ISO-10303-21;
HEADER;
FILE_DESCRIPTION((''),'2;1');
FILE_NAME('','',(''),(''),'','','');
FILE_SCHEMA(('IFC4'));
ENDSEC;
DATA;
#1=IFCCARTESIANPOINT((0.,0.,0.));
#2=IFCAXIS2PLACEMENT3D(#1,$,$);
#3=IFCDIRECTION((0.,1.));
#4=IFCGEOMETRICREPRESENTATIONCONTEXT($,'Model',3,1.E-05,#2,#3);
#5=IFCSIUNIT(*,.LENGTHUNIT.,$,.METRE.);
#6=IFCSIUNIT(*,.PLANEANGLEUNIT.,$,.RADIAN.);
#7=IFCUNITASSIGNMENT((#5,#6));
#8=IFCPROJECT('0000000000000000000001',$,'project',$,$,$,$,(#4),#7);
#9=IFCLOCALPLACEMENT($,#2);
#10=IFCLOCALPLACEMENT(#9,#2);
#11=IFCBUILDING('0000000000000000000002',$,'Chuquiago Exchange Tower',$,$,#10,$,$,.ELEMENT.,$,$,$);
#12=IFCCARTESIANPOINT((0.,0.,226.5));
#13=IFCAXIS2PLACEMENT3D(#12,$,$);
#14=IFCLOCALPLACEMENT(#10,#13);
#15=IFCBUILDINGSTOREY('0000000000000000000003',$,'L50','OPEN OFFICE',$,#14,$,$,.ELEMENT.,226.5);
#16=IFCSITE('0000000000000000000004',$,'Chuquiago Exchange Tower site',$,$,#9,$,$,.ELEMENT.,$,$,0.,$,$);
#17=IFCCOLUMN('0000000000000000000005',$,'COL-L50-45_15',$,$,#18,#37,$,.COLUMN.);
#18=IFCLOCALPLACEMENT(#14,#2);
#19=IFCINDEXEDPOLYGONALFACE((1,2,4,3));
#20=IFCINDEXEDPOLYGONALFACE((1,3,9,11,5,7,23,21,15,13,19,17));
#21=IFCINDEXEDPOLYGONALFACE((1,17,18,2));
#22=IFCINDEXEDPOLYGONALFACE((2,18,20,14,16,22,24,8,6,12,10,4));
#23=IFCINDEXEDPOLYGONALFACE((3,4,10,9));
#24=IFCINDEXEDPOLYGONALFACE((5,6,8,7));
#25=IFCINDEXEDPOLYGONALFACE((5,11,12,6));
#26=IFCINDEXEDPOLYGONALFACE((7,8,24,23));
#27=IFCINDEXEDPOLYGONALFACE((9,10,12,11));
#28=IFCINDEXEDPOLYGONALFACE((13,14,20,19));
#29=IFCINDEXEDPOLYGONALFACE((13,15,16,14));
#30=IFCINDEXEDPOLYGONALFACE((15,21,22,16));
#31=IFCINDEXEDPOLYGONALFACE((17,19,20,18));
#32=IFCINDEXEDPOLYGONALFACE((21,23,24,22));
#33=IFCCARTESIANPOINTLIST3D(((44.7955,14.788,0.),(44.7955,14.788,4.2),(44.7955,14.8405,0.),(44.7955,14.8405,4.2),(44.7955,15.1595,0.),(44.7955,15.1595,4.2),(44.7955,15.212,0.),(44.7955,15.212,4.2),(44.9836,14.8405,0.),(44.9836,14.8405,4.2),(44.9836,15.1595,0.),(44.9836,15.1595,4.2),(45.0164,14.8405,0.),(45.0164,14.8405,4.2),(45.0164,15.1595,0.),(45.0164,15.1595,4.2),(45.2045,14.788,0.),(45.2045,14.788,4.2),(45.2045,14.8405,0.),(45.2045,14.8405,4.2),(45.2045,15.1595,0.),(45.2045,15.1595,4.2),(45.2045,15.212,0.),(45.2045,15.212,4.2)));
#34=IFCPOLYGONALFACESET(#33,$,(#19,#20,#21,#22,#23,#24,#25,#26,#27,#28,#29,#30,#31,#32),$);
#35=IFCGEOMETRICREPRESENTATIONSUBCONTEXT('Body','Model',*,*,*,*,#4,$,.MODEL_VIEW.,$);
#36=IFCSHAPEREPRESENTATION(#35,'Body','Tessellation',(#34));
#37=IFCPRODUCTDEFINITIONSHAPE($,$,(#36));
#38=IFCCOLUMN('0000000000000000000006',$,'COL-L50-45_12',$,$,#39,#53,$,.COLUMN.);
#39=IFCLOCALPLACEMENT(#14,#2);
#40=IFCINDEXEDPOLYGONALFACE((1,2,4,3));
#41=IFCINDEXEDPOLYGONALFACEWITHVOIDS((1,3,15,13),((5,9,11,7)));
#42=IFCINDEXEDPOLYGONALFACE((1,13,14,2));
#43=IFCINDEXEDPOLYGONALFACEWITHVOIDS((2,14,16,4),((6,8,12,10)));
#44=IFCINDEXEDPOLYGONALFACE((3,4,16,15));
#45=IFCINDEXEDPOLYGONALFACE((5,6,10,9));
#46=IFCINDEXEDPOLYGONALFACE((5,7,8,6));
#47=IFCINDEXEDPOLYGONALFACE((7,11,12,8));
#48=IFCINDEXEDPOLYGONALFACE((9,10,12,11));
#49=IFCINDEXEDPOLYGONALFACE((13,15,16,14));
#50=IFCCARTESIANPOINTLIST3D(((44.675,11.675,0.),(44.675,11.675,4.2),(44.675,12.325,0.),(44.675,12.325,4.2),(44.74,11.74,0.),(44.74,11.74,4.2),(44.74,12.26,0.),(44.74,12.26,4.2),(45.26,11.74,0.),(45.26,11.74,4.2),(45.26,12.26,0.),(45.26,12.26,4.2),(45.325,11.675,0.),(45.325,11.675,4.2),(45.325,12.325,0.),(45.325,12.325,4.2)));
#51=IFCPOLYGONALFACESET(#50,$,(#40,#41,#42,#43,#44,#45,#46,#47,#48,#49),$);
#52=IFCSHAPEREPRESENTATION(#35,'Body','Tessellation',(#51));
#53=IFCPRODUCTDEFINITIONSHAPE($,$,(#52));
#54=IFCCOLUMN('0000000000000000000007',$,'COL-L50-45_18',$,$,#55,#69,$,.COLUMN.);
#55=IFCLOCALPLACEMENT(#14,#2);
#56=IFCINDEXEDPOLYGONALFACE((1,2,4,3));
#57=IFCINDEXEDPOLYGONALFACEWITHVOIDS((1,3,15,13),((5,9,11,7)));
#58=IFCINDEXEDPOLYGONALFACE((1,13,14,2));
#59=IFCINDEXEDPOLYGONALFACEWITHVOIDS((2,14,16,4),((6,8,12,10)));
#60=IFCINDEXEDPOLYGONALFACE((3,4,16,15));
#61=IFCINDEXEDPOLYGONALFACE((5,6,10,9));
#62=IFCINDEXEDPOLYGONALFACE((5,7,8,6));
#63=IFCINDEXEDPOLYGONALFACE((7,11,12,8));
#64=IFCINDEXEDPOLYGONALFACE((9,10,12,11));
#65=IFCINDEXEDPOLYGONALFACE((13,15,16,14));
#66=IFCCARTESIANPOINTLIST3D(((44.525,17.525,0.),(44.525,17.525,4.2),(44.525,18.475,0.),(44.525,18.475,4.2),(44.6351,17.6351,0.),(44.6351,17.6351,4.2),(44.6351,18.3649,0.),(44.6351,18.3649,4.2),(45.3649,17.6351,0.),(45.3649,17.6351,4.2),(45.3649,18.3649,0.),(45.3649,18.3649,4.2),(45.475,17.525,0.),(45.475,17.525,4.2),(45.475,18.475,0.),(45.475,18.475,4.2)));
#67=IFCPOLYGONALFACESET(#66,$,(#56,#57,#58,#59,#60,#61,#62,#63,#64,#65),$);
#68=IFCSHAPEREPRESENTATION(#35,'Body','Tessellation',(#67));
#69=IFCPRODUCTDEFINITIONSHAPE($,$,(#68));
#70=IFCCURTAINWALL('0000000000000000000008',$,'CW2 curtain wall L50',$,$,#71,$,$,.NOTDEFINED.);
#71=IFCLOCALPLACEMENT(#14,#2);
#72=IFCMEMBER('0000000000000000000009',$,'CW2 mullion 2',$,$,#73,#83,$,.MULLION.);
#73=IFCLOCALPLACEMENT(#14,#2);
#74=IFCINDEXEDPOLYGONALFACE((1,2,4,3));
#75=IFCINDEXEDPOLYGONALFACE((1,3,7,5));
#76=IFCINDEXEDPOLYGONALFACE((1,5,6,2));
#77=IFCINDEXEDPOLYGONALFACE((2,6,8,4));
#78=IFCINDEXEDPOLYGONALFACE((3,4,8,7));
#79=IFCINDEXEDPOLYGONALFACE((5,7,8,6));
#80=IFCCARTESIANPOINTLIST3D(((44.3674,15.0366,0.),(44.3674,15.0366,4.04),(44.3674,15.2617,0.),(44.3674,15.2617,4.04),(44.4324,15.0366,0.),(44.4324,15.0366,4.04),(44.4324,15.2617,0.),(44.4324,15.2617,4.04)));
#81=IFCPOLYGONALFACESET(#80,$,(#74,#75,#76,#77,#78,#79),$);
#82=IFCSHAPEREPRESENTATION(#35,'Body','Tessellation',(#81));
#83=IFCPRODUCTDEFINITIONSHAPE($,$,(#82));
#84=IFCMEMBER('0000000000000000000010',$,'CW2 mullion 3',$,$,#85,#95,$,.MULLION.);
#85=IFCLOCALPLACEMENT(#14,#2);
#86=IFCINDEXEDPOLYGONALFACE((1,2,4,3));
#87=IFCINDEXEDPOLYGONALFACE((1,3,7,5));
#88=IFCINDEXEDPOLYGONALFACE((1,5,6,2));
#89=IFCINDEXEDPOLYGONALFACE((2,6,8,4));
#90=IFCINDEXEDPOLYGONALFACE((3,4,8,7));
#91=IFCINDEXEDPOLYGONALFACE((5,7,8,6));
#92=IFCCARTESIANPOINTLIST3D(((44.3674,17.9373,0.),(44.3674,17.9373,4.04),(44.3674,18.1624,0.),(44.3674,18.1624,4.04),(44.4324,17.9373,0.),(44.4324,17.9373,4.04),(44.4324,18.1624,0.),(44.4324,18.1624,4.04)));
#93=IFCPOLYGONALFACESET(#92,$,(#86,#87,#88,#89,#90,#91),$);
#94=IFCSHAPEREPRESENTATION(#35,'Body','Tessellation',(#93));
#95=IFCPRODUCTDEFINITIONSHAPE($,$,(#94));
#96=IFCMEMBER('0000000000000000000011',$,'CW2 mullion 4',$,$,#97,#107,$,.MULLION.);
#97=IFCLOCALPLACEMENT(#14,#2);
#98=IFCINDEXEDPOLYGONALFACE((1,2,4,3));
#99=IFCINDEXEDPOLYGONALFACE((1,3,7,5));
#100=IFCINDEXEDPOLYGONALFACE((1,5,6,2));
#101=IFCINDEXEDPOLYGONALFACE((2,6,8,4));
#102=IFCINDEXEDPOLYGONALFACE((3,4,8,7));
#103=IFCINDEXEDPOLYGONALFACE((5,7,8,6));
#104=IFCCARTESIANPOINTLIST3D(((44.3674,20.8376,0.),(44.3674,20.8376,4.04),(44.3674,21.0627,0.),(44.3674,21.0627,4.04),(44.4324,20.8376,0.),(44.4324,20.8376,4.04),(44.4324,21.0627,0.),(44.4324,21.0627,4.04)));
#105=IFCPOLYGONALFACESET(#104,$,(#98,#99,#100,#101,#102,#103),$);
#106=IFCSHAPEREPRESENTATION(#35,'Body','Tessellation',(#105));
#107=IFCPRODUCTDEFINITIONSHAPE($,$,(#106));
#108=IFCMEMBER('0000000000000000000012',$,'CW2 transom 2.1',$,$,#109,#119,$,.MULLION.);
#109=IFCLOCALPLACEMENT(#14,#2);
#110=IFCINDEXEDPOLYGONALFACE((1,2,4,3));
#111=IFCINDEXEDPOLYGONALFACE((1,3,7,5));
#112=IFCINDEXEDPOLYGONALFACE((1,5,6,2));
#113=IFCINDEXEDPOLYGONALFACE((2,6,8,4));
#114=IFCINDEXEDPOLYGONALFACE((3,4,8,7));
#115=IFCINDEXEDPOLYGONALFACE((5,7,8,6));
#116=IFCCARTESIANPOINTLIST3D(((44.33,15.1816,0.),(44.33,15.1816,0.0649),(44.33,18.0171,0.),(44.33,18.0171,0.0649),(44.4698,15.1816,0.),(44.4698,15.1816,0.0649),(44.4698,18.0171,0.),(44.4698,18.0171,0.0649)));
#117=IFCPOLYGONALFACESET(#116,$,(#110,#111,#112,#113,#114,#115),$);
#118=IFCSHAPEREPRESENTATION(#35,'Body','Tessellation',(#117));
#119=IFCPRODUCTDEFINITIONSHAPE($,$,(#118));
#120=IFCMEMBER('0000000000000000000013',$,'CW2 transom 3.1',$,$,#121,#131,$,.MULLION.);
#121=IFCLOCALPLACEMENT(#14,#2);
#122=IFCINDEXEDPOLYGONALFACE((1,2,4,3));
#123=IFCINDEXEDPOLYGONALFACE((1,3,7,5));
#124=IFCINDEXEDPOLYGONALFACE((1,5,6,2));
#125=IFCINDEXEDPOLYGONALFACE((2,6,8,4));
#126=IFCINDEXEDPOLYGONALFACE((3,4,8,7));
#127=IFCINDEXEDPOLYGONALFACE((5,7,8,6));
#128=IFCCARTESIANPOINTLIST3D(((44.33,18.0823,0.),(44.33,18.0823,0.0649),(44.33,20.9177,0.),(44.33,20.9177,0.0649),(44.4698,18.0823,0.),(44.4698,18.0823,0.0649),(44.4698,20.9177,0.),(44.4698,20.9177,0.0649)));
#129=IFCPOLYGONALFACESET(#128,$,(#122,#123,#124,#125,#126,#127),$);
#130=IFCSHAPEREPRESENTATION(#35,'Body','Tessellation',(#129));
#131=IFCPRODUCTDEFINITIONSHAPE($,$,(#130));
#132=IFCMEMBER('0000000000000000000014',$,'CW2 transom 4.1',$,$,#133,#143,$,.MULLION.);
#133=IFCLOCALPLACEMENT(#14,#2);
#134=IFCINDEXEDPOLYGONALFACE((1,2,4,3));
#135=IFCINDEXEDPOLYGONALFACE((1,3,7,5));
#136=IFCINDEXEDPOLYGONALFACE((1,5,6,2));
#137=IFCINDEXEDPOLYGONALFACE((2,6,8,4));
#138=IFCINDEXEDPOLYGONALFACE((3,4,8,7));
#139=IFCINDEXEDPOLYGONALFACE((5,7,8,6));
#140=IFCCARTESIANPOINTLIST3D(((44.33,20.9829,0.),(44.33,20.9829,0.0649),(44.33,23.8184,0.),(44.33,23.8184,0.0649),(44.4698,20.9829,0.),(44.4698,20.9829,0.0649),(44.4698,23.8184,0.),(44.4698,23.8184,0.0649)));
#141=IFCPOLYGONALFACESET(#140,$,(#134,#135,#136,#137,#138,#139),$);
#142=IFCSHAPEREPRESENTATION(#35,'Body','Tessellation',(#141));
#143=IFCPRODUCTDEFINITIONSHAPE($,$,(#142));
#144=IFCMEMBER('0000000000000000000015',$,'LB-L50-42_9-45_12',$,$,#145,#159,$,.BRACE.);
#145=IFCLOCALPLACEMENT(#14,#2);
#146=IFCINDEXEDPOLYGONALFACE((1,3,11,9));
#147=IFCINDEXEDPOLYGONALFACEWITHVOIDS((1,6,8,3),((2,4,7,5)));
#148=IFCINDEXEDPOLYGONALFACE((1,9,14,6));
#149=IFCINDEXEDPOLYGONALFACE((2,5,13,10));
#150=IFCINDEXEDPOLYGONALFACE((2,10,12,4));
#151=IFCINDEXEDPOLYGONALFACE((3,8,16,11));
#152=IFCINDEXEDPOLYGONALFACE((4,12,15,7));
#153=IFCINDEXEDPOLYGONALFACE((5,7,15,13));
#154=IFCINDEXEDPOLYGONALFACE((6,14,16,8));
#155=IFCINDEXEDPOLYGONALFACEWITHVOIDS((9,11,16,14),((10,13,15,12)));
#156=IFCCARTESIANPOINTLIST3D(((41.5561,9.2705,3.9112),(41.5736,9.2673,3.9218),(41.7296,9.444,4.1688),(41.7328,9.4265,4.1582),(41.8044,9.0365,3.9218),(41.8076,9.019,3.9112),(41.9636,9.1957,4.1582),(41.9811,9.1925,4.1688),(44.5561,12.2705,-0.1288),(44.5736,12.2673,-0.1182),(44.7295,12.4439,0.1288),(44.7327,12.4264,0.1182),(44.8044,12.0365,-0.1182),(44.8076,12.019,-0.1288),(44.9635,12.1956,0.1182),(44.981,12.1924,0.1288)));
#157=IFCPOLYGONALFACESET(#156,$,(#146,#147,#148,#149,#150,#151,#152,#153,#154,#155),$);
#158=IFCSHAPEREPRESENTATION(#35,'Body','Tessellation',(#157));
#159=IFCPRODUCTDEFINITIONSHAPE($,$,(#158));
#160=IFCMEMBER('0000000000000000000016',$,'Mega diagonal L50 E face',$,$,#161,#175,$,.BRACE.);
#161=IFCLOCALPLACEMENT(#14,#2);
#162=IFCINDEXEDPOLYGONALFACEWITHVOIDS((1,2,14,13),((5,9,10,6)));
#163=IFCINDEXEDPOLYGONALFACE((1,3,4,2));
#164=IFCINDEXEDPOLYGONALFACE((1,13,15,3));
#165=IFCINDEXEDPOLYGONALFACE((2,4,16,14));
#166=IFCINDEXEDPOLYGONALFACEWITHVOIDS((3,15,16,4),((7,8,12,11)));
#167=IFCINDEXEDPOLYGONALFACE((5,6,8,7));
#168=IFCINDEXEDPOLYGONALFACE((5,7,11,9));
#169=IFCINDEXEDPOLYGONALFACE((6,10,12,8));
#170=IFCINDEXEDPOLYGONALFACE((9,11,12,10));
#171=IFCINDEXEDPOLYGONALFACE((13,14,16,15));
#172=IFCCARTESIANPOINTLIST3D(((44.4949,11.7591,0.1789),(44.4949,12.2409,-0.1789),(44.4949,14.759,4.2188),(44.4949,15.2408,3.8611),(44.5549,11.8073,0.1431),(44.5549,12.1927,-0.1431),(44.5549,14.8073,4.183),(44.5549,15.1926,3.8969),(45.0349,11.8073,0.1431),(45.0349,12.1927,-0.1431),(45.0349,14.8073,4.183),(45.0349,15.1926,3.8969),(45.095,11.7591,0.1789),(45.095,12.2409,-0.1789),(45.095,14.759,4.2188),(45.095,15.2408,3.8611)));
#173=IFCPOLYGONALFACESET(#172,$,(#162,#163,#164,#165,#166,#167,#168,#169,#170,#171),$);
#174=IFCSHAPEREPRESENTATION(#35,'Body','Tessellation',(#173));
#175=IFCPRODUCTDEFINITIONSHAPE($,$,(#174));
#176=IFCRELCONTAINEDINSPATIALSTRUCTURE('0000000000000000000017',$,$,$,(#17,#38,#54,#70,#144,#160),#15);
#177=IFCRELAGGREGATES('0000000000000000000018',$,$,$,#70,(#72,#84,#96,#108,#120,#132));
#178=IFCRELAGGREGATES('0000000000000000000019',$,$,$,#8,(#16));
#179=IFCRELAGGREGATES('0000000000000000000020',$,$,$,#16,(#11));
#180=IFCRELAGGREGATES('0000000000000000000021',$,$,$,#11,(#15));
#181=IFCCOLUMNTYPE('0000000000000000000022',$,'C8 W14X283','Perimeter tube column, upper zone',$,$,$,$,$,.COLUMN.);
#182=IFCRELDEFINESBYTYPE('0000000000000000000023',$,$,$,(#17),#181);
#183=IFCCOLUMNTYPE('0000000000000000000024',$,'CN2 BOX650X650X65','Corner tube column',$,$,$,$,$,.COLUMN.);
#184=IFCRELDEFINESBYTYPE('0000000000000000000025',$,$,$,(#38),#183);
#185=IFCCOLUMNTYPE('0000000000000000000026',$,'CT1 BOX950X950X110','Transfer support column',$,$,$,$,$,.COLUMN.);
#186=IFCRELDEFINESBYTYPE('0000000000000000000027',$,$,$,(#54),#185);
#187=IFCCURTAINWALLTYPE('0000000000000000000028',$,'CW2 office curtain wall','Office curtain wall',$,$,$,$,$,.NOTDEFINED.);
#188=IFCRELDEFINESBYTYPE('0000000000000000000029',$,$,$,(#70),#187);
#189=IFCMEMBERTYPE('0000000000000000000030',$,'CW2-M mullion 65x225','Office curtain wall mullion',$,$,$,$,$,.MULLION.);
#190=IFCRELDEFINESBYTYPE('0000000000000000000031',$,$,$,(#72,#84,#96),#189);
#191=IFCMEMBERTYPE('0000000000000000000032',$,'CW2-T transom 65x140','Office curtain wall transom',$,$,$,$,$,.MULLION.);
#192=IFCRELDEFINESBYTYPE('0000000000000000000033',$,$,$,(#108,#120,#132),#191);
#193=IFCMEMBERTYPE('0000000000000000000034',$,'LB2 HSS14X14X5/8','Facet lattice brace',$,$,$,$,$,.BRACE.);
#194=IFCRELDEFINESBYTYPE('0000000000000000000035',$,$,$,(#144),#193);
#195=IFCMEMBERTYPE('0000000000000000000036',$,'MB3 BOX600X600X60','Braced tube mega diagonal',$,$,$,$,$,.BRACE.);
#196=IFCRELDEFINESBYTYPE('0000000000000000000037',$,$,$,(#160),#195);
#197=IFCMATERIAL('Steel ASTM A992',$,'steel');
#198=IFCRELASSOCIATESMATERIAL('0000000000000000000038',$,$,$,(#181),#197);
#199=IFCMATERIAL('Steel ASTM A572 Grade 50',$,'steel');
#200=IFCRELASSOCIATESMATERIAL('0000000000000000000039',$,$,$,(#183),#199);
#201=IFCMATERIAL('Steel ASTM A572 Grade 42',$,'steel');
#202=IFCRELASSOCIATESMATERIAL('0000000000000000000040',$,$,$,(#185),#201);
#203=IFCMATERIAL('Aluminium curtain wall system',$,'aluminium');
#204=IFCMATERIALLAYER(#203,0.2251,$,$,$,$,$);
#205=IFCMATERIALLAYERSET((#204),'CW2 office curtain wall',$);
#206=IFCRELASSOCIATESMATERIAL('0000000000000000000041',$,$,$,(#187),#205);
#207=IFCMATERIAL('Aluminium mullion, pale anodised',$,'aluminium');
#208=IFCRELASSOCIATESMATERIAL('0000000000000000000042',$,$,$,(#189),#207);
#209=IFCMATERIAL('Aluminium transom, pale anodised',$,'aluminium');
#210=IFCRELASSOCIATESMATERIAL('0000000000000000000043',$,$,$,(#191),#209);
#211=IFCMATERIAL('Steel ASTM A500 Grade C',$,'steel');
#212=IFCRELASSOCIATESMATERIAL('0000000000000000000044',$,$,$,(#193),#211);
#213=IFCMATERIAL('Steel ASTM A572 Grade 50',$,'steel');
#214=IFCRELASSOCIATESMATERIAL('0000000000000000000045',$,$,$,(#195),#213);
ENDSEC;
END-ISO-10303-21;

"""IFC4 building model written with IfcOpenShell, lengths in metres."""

from ifc_helpers import new_model, si_unit, direction, frame, origin, origin_2d, place, context, subcontext, project, spatial, rectangle, hollow_rectangle, i_section, extrude, material, layer, layer_set, material_profile, profile_set, type_object, element, aggregate, save


model = new_model("IFC4")

# Units and contexts
model_context = context("Model", 3, precision=1e-05, world=origin(), true_north=direction((0.0, 1.0)))
body_context = subcontext(model_context, "Body", "Model", "MODEL_VIEW")
ifc_project = project(units=[si_unit("LENGTHUNIT", "METRE"), si_unit("PLANEANGLEUNIT", "RADIAN")], contexts=[model_context])

# Site, building, storey
site_placement = place(None, origin())
site = spatial("IfcSite", under=ifc_project, at=site_placement, Name="Chuquiago Exchange Tower site", CompositionType="ELEMENT", RefElevation=0.0)
building_placement = place(site_placement, origin())
building = spatial("IfcBuilding", under=site, at=building_placement, Name="Chuquiago Exchange Tower", CompositionType="ELEMENT")
storey_placement = place(building_placement, frame((0.0, 0.0, 226.5)))
storey = spatial("IfcBuildingStorey", under=building, at=storey_placement, Name="L50", Description="OPEN OFFICE", CompositionType="ELEMENT", Elevation=226.5)

# Columns
ifc_material_1 = material(Name="Steel ASTM A992", Category="steel")
ifc_material_profile_1 = material_profile(ifc_material_1, i_section(OverallWidth=0.4089, OverallDepth=0.4241, WebThickness=0.0327, FlangeThickness=0.0525, at=origin_2d()), Name="W14X283")
ifc_profile_set_1 = profile_set([ifc_material_profile_1], Name="Steel ASTM A992")
column_type_1 = type_object("IfcColumnType", Name="C8 W14X283", Description="Perimeter tube column, upper zone", PredefinedType="COLUMN", material=ifc_profile_set_1)
column_1_placement = place(storey_placement, frame((45.0, 15.0, 0.0), z_axis=(0.0, 0.0, 1.0), x_axis=(1.0, 0.0, 0.0)))
element("IfcColumn", 1, at=column_1_placement, inside=storey, type_object=column_type_1, Name="COL-L50-45_15", PredefinedType="COLUMN", context=body_context, shape_type="SweptSolid", body=[
    extrude(i_section(OverallWidth=0.4089, OverallDepth=0.4241, WebThickness=0.0327, FlangeThickness=0.0525, at=origin_2d()), origin(), (0.0, 0.0, 1.0), 4.2),
])
ifc_material_2 = material(Name="Steel ASTM A572 Grade 50", Category="steel")
ifc_material_profile_2 = material_profile(ifc_material_2, hollow_rectangle(XDim=0.6499, YDim=0.6499, WallThickness=0.0649, at=origin_2d()), Name="BOX650X650X65")
ifc_profile_set_2 = profile_set([ifc_material_profile_2], Name="Steel ASTM A572 Grade 50")
column_type_2 = type_object("IfcColumnType", Name="CN2 BOX650X650X65", Description="Corner tube column", PredefinedType="COLUMN", material=ifc_profile_set_2)
column_2_placement = place(storey_placement, frame((45.0, 12.0, 0.0), z_axis=(0.0, 0.0, 1.0), x_axis=(1.0, 0.0, 0.0)))
element("IfcColumn", 2, at=column_2_placement, inside=storey, type_object=column_type_2, Name="COL-L50-45_12", PredefinedType="COLUMN", context=body_context, shape_type="SweptSolid", body=[
    extrude(hollow_rectangle(XDim=0.6499, YDim=0.6499, WallThickness=0.0649, at=origin_2d()), origin(), (0.0, 0.0, 1.0), 4.2),
])
ifc_material_3 = material(Name="Steel ASTM A572 Grade 42", Category="steel")
ifc_material_profile_3 = material_profile(ifc_material_3, hollow_rectangle(XDim=0.95, YDim=0.95, WallThickness=0.1101, at=origin_2d()), Name="BOX950X950X110")
ifc_profile_set_3 = profile_set([ifc_material_profile_3], Name="Steel ASTM A572 Grade 42")
column_type_3 = type_object("IfcColumnType", Name="CT1 BOX950X950X110", Description="Transfer support column", PredefinedType="COLUMN", material=ifc_profile_set_3)
column_3_placement = place(storey_placement, frame((45.0, 18.0, 0.0), z_axis=(0.0, 0.0, 1.0), x_axis=(1.0, 0.0, 0.0)))
element("IfcColumn", 3, at=column_3_placement, inside=storey, type_object=column_type_3, Name="COL-L50-45_18", PredefinedType="COLUMN", context=body_context, shape_type="SweptSolid", body=[
    extrude(hollow_rectangle(XDim=0.95, YDim=0.95, WallThickness=0.1101, at=origin_2d()), origin(), (0.0, 0.0, 1.0), 4.2),
])

# Curtain wall, members
ifc_material_4 = material(Name="Aluminium curtain wall system", Category="aluminium")
ifc_layer_1 = layer(ifc_material_4, 0.2251)
ifc_layer_set_1 = layer_set([ifc_layer_1], Name="CW2 office curtain wall")
curtain_wall_type = type_object("IfcCurtainWallType", Name="CW2 office curtain wall", Description="Office curtain wall", PredefinedType="NOTDEFINED", material=ifc_layer_set_1)
curtain_wall_placement = place(storey_placement, origin())
curtain_wall = element("IfcCurtainWall", 4, at=curtain_wall_placement, inside=storey, type_object=curtain_wall_type, Name="CW2 curtain wall L50", PredefinedType="NOTDEFINED")
ifc_material_5 = material(Name="Aluminium mullion, pale anodised", Category="aluminium")
ifc_material_profile_4 = material_profile(ifc_material_5, rectangle(XDim=0.0649, YDim=0.2251, at=origin_2d()), Name="AL 65x225")
ifc_profile_set_4 = profile_set([ifc_material_profile_4], Name="Aluminium mullion, pale anodised")
member_type_1 = type_object("IfcMemberType", Name="CW2-M mullion 65x225", Description="Office curtain wall mullion", PredefinedType="MULLION", material=ifc_profile_set_4)
member_1_placement = place(storey_placement, frame((44.3999, 15.1492, 0.0), z_axis=(0.0, 0.0, 1.0), x_axis=(-1.0, 0.0, 0.0)))
member_1 = element("IfcMember", 5, at=member_1_placement, type_object=member_type_1, Name="CW2 mullion 2", PredefinedType="MULLION", context=body_context, shape_type="SweptSolid", body=[
    extrude(rectangle(XDim=0.0649, YDim=0.2251, at=origin_2d()), origin(), (0.0, 0.0, 1.0), 4.04),
])
member_2_placement = place(storey_placement, frame((44.3999, 18.0498, 0.0), z_axis=(0.0, 0.0, 1.0), x_axis=(-1.0, 0.0, 0.0)))
member_2 = element("IfcMember", 6, at=member_2_placement, type_object=member_type_1, Name="CW2 mullion 3", PredefinedType="MULLION", context=body_context, shape_type="SweptSolid", body=[
    extrude(rectangle(XDim=0.0649, YDim=0.2251, at=origin_2d()), origin(), (0.0, 0.0, 1.0), 4.04),
])
member_3_placement = place(storey_placement, frame((44.3999, 20.9502, 0.0), z_axis=(0.0, 0.0, 1.0), x_axis=(-1.0, 0.0, 0.0)))
member_3 = element("IfcMember", 7, at=member_3_placement, type_object=member_type_1, Name="CW2 mullion 4", PredefinedType="MULLION", context=body_context, shape_type="SweptSolid", body=[
    extrude(rectangle(XDim=0.0649, YDim=0.2251, at=origin_2d()), origin(), (0.0, 0.0, 1.0), 4.04),
])
ifc_material_6 = material(Name="Aluminium transom, pale anodised", Category="aluminium")
ifc_material_profile_5 = material_profile(ifc_material_6, rectangle(XDim=0.1399, YDim=0.0649, at=origin_2d()), Name="AL 140x65")
ifc_profile_set_5 = profile_set([ifc_material_profile_5], Name="Aluminium transom, pale anodised")
member_type_2 = type_object("IfcMemberType", Name="CW2-T transom 65x140", Description="Office curtain wall transom", PredefinedType="MULLION", material=ifc_profile_set_5)
member_4_placement = place(storey_placement, frame((44.3999, 15.1816, 0.0325), z_axis=(0.0, 1.0, 0.0), x_axis=(-1.0, 0.0, 0.0)))
member_4 = element("IfcMember", 8, at=member_4_placement, type_object=member_type_2, Name="CW2 transom 2.1", PredefinedType="MULLION", context=body_context, shape_type="SweptSolid", body=[
    extrude(rectangle(XDim=0.1399, YDim=0.0649, at=origin_2d()), origin(), (0.0, 0.0, 1.0), 2.8354),
])
member_5_placement = place(storey_placement, frame((44.3999, 18.0823, 0.0325), z_axis=(0.0, 1.0, 0.0), x_axis=(-1.0, 0.0, 0.0)))
member_5 = element("IfcMember", 9, at=member_5_placement, type_object=member_type_2, Name="CW2 transom 3.1", PredefinedType="MULLION", context=body_context, shape_type="SweptSolid", body=[
    extrude(rectangle(XDim=0.1399, YDim=0.0649, at=origin_2d()), origin(), (0.0, 0.0, 1.0), 2.8354),
])
member_6_placement = place(storey_placement, frame((44.3999, 20.9829, 0.0325), z_axis=(0.0, 1.0, 0.0), x_axis=(-1.0, 0.0, 0.0)))
member_6 = element("IfcMember", 10, at=member_6_placement, type_object=member_type_2, Name="CW2 transom 4.1", PredefinedType="MULLION", context=body_context, shape_type="SweptSolid", body=[
    extrude(rectangle(XDim=0.1399, YDim=0.0649, at=origin_2d()), origin(), (0.0, 0.0, 1.0), 2.8354),
])

# Members
ifc_material_7 = material(Name="Steel ASTM A500 Grade C", Category="steel")
ifc_material_profile_6 = material_profile(ifc_material_7, hollow_rectangle(XDim=0.3557, YDim=0.3557, WallThickness=0.0146, at=origin_2d()), Name="HSS14X14X5/8")
ifc_profile_set_6 = profile_set([ifc_material_profile_6], Name="Steel ASTM A500 Grade C")
member_type_3 = type_object("IfcMemberType", Name="LB2 HSS14X14X5/8", Description="Facet lattice brace", PredefinedType="BRACE", material=ifc_profile_set_6)
member_7_placement = place(storey_placement, frame((44.7686, 12.2314, 0.0), z_axis=(-0.512077, -0.512077, 0.689604), x_axis=(0.707107, -0.707107, 0.0)))
element("IfcMember", 11, at=member_7_placement, inside=storey, type_object=member_type_3, Name="LB-L50-42_9-45_12", PredefinedType="BRACE", context=body_context, shape_type="SweptSolid", body=[
    extrude(hollow_rectangle(XDim=0.3557, YDim=0.3557, WallThickness=0.0146, at=origin_2d()), origin(), (0.0, 0.0, 1.0), 5.8584),
])
ifc_material_8 = material(Name="Steel ASTM A572 Grade 50", Category="steel")
ifc_material_profile_7 = material_profile(ifc_material_8, hollow_rectangle(XDim=0.6001, YDim=0.6001, WallThickness=0.0601, at=origin_2d()), Name="BOX600X600X60")
ifc_profile_set_7 = profile_set([ifc_material_profile_7], Name="Steel ASTM A572 Grade 50")
member_type_4 = type_object("IfcMemberType", Name="MB3 BOX600X600X60", Description="Braced tube mega diagonal", PredefinedType="BRACE", material=ifc_profile_set_7)
for number, where, z_axis, x_axis, name in (
    (12, (44.7949, 12.0, 0.0), (0.0, 0.596174, 0.802855), (-1.0, 0.0, 0.0), "Mega diagonal L50 E face"),
):
    element("IfcMember", number, at=place(storey_placement, frame(where, z_axis=z_axis, x_axis=x_axis)), inside=storey, type_object=member_type_4, Name=name, PredefinedType="BRACE", context=body_context, shape_type="SweptSolid", body=[
        extrude(hollow_rectangle(XDim=0.6001, YDim=0.6001, WallThickness=0.0601, at=origin_2d()), origin(), (0.0, 0.0, 1.0), 5.032),
    ])

aggregate(curtain_wall, [member_1, member_2, member_3, member_4, member_5, member_6])

save(model, "model.ifc")
